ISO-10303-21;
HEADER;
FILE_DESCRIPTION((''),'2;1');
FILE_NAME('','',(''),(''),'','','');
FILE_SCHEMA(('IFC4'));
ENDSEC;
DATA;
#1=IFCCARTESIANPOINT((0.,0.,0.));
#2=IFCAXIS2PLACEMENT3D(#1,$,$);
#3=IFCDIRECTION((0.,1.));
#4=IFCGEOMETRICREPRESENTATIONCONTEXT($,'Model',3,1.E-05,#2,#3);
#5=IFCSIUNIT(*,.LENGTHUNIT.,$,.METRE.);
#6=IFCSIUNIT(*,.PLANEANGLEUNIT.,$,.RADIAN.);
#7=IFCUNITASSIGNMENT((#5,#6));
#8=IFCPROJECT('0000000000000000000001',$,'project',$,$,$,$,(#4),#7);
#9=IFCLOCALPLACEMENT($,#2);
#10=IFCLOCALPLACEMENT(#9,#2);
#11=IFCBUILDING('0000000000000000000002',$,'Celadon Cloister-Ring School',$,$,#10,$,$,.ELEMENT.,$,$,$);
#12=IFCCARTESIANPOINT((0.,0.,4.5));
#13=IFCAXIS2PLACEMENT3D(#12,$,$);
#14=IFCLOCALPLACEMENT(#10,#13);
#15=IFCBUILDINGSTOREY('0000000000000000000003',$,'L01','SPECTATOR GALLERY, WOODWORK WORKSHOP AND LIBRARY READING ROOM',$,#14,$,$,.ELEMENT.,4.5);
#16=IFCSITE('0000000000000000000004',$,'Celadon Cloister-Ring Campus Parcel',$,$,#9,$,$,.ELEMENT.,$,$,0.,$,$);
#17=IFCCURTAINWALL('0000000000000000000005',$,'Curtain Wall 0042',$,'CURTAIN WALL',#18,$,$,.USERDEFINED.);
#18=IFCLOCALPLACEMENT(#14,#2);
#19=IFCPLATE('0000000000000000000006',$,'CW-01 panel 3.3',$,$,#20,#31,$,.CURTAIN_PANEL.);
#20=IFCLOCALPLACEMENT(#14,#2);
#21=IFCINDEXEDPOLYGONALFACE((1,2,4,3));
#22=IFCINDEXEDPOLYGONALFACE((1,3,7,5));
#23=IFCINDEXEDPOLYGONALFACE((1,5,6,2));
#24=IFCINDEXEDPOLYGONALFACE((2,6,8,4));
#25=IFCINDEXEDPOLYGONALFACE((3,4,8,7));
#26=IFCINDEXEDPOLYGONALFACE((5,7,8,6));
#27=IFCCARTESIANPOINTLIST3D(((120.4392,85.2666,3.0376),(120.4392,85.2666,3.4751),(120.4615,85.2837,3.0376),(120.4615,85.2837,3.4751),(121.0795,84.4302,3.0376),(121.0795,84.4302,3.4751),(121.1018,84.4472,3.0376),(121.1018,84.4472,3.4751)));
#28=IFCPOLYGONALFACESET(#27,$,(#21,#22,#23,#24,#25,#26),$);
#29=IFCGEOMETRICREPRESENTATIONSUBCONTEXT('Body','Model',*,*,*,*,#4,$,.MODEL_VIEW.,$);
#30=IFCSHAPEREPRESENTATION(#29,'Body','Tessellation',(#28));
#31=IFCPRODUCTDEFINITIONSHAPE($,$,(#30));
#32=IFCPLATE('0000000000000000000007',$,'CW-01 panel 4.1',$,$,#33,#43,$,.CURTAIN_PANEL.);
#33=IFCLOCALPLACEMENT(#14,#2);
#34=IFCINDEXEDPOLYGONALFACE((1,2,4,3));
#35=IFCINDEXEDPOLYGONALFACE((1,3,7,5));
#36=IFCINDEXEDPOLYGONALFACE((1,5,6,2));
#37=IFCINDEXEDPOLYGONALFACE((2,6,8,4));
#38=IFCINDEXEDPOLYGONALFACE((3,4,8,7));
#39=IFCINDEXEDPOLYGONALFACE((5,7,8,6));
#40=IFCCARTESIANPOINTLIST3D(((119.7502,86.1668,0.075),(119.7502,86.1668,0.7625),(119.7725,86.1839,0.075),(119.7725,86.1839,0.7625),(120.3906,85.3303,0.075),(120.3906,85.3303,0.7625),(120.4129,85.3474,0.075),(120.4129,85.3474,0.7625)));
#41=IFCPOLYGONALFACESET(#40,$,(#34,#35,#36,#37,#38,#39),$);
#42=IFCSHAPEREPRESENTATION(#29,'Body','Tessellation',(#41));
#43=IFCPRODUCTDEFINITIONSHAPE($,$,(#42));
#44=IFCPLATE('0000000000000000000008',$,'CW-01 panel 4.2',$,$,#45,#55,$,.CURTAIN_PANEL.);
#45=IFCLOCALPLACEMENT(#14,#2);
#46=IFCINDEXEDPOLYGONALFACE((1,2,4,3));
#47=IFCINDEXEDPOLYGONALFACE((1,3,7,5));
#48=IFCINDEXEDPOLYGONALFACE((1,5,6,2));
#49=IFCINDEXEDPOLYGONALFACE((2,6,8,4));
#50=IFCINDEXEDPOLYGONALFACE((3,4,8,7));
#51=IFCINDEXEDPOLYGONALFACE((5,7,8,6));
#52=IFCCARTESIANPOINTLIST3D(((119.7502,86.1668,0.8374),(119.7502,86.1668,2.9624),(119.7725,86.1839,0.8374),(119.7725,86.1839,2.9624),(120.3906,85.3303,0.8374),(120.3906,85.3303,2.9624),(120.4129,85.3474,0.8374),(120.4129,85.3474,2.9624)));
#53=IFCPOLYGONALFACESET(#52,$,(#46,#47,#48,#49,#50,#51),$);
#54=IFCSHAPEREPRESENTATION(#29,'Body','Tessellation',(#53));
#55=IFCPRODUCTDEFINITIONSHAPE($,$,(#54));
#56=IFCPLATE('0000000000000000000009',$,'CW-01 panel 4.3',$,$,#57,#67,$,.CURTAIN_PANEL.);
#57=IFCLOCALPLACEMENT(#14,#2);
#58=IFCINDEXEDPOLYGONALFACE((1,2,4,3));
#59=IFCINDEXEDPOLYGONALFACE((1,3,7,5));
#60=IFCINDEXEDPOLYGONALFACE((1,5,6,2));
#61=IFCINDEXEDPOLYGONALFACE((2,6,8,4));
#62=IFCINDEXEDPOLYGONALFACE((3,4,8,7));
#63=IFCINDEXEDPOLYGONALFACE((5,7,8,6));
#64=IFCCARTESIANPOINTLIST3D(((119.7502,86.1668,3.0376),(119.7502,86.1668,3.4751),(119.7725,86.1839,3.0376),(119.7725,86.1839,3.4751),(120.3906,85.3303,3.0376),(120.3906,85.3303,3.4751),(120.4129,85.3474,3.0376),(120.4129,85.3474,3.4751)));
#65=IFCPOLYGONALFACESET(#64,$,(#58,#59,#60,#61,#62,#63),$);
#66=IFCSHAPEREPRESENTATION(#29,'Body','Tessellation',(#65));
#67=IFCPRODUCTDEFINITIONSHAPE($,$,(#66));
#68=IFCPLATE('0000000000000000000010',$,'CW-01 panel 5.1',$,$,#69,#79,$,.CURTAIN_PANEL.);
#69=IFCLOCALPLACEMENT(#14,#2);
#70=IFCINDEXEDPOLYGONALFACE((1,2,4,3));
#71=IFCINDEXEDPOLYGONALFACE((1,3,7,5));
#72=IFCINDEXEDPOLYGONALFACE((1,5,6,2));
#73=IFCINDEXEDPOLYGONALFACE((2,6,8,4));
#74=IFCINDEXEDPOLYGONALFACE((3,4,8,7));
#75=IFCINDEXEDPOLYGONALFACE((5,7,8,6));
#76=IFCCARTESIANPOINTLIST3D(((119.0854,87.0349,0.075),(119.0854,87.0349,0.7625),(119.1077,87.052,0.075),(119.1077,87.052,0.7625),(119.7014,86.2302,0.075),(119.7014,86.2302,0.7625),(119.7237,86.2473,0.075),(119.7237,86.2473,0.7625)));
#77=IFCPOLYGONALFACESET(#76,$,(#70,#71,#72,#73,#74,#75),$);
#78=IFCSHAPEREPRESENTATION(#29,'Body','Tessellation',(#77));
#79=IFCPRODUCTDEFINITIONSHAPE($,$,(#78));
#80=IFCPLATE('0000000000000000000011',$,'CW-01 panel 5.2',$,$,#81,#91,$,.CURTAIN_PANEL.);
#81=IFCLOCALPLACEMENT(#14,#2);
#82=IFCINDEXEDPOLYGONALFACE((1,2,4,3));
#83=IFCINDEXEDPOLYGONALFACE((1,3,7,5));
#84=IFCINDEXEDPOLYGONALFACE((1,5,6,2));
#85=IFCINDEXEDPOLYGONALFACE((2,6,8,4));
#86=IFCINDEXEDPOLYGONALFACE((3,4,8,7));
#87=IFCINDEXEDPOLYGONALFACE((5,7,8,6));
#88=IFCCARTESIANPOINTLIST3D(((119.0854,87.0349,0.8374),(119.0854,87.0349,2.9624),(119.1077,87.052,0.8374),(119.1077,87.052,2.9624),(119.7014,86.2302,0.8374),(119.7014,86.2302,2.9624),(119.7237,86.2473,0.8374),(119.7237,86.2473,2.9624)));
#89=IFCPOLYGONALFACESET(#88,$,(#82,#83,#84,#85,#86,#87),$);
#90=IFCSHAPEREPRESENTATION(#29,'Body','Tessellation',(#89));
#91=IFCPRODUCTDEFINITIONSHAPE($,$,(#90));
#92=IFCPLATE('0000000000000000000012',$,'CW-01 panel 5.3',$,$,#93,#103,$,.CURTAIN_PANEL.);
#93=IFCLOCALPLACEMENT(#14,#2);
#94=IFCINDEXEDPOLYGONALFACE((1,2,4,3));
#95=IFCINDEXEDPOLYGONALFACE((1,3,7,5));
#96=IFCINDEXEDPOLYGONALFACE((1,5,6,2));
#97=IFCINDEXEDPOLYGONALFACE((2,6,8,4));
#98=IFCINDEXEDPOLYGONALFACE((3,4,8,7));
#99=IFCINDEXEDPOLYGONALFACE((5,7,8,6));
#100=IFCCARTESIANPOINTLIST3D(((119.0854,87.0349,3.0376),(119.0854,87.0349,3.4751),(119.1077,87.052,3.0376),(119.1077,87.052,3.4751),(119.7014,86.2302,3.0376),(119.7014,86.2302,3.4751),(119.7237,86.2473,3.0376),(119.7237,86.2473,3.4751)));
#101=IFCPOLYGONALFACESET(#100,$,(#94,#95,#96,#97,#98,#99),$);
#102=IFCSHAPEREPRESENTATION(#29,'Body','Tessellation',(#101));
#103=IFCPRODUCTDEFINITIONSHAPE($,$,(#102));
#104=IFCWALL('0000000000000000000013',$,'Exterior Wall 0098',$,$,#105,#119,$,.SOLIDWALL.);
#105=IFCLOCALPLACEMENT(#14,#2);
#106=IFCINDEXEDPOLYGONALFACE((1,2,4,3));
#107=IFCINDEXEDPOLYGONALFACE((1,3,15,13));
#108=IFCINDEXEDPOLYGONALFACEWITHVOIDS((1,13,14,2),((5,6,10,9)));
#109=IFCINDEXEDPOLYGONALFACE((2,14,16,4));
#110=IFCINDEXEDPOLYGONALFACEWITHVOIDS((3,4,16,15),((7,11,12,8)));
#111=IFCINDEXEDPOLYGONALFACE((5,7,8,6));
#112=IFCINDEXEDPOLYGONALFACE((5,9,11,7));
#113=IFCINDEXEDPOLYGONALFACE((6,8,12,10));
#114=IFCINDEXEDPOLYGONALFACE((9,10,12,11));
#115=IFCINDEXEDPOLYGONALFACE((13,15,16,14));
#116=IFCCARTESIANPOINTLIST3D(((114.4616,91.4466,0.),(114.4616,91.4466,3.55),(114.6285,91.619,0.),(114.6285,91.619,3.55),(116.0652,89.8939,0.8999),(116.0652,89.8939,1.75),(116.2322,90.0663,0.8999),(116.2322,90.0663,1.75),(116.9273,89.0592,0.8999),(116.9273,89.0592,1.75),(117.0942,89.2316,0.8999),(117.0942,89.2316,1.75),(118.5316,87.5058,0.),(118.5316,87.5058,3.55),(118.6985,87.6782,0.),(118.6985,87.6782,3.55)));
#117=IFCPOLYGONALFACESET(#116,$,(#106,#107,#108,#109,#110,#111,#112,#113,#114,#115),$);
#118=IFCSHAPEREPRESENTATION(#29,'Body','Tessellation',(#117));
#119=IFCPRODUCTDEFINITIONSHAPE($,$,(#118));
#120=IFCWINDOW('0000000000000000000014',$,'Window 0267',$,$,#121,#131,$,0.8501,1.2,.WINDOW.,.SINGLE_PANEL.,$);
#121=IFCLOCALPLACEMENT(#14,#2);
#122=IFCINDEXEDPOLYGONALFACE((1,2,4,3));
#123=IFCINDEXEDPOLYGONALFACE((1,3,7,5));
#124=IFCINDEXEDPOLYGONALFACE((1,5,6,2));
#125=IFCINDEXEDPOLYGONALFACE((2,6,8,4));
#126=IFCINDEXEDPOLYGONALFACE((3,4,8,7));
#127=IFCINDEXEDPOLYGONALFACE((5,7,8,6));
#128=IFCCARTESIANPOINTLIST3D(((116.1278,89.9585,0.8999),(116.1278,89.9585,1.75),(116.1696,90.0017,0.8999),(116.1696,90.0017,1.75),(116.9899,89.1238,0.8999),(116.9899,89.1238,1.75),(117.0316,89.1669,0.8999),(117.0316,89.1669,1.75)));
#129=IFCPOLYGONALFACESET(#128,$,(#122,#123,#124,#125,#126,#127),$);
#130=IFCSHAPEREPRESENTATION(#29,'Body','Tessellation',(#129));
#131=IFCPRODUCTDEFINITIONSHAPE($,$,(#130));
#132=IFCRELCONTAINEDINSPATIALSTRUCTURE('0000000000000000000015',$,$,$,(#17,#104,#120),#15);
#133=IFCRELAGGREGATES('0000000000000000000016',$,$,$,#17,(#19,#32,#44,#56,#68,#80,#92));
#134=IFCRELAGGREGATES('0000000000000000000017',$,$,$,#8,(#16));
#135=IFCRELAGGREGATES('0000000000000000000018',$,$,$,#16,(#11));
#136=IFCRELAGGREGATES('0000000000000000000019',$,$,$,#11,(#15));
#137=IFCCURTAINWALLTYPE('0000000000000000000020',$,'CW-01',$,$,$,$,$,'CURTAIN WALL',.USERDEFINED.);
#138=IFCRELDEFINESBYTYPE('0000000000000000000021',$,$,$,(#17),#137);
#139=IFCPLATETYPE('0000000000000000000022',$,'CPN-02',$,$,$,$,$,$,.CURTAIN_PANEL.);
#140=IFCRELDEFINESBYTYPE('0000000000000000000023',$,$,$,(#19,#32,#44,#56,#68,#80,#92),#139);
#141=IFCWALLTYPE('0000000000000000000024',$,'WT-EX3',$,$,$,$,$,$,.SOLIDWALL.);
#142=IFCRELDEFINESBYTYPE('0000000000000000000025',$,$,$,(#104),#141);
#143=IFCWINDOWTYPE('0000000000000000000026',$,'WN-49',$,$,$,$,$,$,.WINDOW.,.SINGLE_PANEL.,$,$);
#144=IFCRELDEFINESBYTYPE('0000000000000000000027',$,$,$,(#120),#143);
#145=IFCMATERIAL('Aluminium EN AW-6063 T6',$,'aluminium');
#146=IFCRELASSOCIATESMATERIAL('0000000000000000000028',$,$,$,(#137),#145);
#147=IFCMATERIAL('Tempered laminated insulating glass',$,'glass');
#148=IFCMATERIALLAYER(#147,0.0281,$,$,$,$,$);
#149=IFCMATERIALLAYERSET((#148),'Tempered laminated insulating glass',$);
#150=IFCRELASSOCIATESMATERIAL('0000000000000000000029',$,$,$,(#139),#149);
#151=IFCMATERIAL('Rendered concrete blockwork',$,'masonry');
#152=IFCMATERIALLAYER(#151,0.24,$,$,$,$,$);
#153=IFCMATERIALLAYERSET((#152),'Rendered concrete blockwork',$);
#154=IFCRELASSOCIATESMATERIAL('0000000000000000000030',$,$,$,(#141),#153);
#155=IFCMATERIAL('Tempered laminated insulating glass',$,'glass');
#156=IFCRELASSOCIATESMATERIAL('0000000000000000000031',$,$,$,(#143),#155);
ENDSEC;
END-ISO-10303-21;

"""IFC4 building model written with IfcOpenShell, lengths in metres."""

from ifc_helpers import new_model, si_unit, direction, frame, frame_2d, origin, origin_2d, place, context, subcontext, project, spatial, rectangle, extrude, material, layer, layer_set, type_object, element, fill, aggregate, save


model = new_model("IFC4")

# Units and contexts
model_context = context("Model", 3, precision=1e-05, world=origin(), true_north=direction((0.0, 1.0)))
body_context = subcontext(model_context, "Body", "Model", "MODEL_VIEW")
ifc_project = project(units=[si_unit("LENGTHUNIT", "METRE"), si_unit("PLANEANGLEUNIT", "RADIAN")], contexts=[model_context])

# Site, building, storey
site_placement = place(None, origin())
site = spatial("IfcSite", under=ifc_project, at=site_placement, Name="Celadon Cloister-Ring Campus Parcel", CompositionType="ELEMENT", RefElevation=0.0)
building_placement = place(site_placement, origin())
building = spatial("IfcBuilding", under=site, at=building_placement, Name="Celadon Cloister-Ring School", CompositionType="ELEMENT")
storey_placement = place(building_placement, frame((0.0, 0.0, 4.5)))
storey = spatial("IfcBuildingStorey", under=building, at=storey_placement, Name="L01", Description="SPECTATOR GALLERY, WOODWORK WORKSHOP AND LIBRARY READING ROOM", CompositionType="ELEMENT", Elevation=4.5)

# Curtain wall
ifc_material_1 = material(Name="Aluminium EN AW-6063 T6", Category="aluminium")
curtain_wall_type = type_object("IfcCurtainWallType", Name="CW-01", ElementType="CURTAIN WALL", PredefinedType="USERDEFINED", material=ifc_material_1)
curtain_wall_placement = place(storey_placement, origin())
curtain_wall = element("IfcCurtainWall", 1, at=curtain_wall_placement, inside=storey, type_object=curtain_wall_type, Name="Curtain Wall 0042", ObjectType="CURTAIN WALL", PredefinedType="USERDEFINED")

# Plates
ifc_material_2 = material(Name="Tempered laminated insulating glass", Category="glass")
ifc_layer_1 = layer(ifc_material_2, 0.0281)
ifc_layer_set_1 = layer_set([ifc_layer_1], Name="Tempered laminated insulating glass")
plate_type = type_object("IfcPlateType", Name="CPN-02", PredefinedType="CURTAIN_PANEL", material=ifc_layer_set_1)
plate_1_placement = place(storey_placement, frame((120.7705, 84.8569, 3.0376), z_axis=(0.0, 0.0, 1.0), x_axis=(-0.607876, 0.794032, 0.0)))
plate_1 = element("IfcPlate", 2, at=plate_1_placement, type_object=plate_type, Name="CW-01 panel 3.3", PredefinedType="CURTAIN_PANEL", context=body_context, shape_type="SweptSolid", body=[
    extrude(rectangle(XDim=1.0535, YDim=0.0281, at=origin_2d()), origin(), (0.0, 0.0, 1.0), 0.4375),
])
plate_2_placement = place(storey_placement, frame((120.0815, 85.7571, 0.075), z_axis=(0.0, 0.0, 1.0), x_axis=(-0.607876, 0.794032, 0.0)))
plate_2 = element("IfcPlate", 3, at=plate_2_placement, type_object=plate_type, Name="CW-01 panel 4.1", PredefinedType="CURTAIN_PANEL", context=body_context, shape_type="SweptSolid", body=[
    extrude(rectangle(XDim=1.0535, YDim=0.0281, at=origin_2d()), origin(), (0.0, 0.0, 1.0), 0.6875),
])
plate_3_placement = place(storey_placement, frame((120.0815, 85.7571, 0.8374), z_axis=(0.0, 0.0, 1.0), x_axis=(-0.607876, 0.794032, 0.0)))
plate_3 = element("IfcPlate", 4, at=plate_3_placement, type_object=plate_type, Name="CW-01 panel 4.2", PredefinedType="CURTAIN_PANEL", context=body_context, shape_type="SweptSolid", body=[
    extrude(rectangle(XDim=1.0535, YDim=0.0281, at=origin_2d()), origin(), (0.0, 0.0, 1.0), 2.125),
])
plate_4_placement = place(storey_placement, frame((120.0815, 85.7571, 3.0376), z_axis=(0.0, 0.0, 1.0), x_axis=(-0.607876, 0.794032, 0.0)))
plate_4 = element("IfcPlate", 5, at=plate_4_placement, type_object=plate_type, Name="CW-01 panel 4.3", PredefinedType="CURTAIN_PANEL", context=body_context, shape_type="SweptSolid", body=[
    extrude(rectangle(XDim=1.0535, YDim=0.0281, at=origin_2d()), origin(), (0.0, 0.0, 1.0), 0.4375),
])
plate_5_placement = place(storey_placement, frame((119.4045, 86.6411, 0.075), z_axis=(0.0, 0.0, 1.0), x_axis=(-0.607876, 0.794032, 0.0)))
plate_5 = element("IfcPlate", 6, at=plate_5_placement, type_object=plate_type, Name="CW-01 panel 5.1", PredefinedType="CURTAIN_PANEL", context=body_context, shape_type="SweptSolid", body=[
    extrude(rectangle(XDim=1.0134, YDim=0.0281, at=origin_2d()), origin(), (0.0, 0.0, 1.0), 0.6875),
])
plate_6_placement = place(storey_placement, frame((119.4045, 86.6411, 0.8374), z_axis=(0.0, 0.0, 1.0), x_axis=(-0.607876, 0.794032, 0.0)))
plate_6 = element("IfcPlate", 7, at=plate_6_placement, type_object=plate_type, Name="CW-01 panel 5.2", PredefinedType="CURTAIN_PANEL", context=body_context, shape_type="SweptSolid", body=[
    extrude(rectangle(XDim=1.0134, YDim=0.0281, at=origin_2d()), origin(), (0.0, 0.0, 1.0), 2.125),
])
plate_7_placement = place(storey_placement, frame((119.4045, 86.6411, 3.0376), z_axis=(0.0, 0.0, 1.0), x_axis=(-0.607876, 0.794032, 0.0)))
plate_7 = element("IfcPlate", 8, at=plate_7_placement, type_object=plate_type, Name="CW-01 panel 5.3", PredefinedType="CURTAIN_PANEL", context=body_context, shape_type="SweptSolid", body=[
    extrude(rectangle(XDim=1.0134, YDim=0.0281, at=origin_2d()), origin(), (0.0, 0.0, 1.0), 0.4375),
])
aggregate(curtain_wall, [plate_1, plate_2, plate_3, plate_4, plate_5, plate_6, plate_7])

# Wall, opening, window
ifc_material_3 = material(Name="Rendered concrete blockwork", Category="masonry")
ifc_layer_2 = layer(ifc_material_3, 0.24)
ifc_layer_set_2 = layer_set([ifc_layer_2], Name="Rendered concrete blockwork")
wall_type = type_object("IfcWallType", Name="WT-EX3", PredefinedType="SOLIDWALL", material=ifc_layer_set_2)
wall_placement = place(storey_placement, frame((118.615, 87.592, 0.0), z_axis=(0.0, 0.0, 1.0), x_axis=(-0.718413, 0.695617, 0.0)))
wall = element("IfcWall", 9, at=wall_placement, inside=storey, type_object=wall_type, Name="Exterior Wall 0098", PredefinedType="SOLIDWALL", context=body_context, shape_type="SweptSolid", body=[
    extrude(rectangle(XDim=5.6653, YDim=0.24, at=frame_2d((2.8325, 0.0))), origin(), (0.0, 0.0, 1.0), 3.55),
])
opening_placement = place(wall_placement, frame((2.2329, 0.0, 0.8999)))
opening = element("IfcOpeningElement", 10, at=opening_placement, cuts=wall, PredefinedType="OPENING", context=body_context, shape_type="SweptSolid", body=[
    extrude(rectangle(XDim=1.2, YDim=0.8501, at=frame_2d((0.6001, 0.425))), frame((0.0, 0.1299, 0.0), z_axis=(0.0, -1.0, 0.0), x_axis=(1.0, 0.0, 0.0)), (0.0, 0.0, 1.0), 0.26),
])
ifc_material_4 = material(Name="Tempered laminated insulating glass", Category="glass")
window_type = type_object("IfcWindowType", Name="WN-49", PartitioningType="SINGLE_PANEL", PredefinedType="WINDOW", material=ifc_material_4)
window_placement = place(opening_placement, origin())
window = element("IfcWindow", 11, at=window_placement, inside=storey, type_object=window_type, Name="Window 0267", OverallHeight=0.8501, OverallWidth=1.2, PartitioningType="SINGLE_PANEL", PredefinedType="WINDOW", context=body_context, shape_type="SweptSolid", body=[
    extrude(rectangle(XDim=1.2, YDim=0.8501, at=frame_2d((0.6001, 0.425))), frame((0.0, 0.03, 0.0), z_axis=(0.0, -1.0, 0.0), x_axis=(1.0, 0.0, 0.0)), (0.0, 0.0, 1.0), 0.0601),
])
fill(opening, window)

save(model, "model.ifc")
